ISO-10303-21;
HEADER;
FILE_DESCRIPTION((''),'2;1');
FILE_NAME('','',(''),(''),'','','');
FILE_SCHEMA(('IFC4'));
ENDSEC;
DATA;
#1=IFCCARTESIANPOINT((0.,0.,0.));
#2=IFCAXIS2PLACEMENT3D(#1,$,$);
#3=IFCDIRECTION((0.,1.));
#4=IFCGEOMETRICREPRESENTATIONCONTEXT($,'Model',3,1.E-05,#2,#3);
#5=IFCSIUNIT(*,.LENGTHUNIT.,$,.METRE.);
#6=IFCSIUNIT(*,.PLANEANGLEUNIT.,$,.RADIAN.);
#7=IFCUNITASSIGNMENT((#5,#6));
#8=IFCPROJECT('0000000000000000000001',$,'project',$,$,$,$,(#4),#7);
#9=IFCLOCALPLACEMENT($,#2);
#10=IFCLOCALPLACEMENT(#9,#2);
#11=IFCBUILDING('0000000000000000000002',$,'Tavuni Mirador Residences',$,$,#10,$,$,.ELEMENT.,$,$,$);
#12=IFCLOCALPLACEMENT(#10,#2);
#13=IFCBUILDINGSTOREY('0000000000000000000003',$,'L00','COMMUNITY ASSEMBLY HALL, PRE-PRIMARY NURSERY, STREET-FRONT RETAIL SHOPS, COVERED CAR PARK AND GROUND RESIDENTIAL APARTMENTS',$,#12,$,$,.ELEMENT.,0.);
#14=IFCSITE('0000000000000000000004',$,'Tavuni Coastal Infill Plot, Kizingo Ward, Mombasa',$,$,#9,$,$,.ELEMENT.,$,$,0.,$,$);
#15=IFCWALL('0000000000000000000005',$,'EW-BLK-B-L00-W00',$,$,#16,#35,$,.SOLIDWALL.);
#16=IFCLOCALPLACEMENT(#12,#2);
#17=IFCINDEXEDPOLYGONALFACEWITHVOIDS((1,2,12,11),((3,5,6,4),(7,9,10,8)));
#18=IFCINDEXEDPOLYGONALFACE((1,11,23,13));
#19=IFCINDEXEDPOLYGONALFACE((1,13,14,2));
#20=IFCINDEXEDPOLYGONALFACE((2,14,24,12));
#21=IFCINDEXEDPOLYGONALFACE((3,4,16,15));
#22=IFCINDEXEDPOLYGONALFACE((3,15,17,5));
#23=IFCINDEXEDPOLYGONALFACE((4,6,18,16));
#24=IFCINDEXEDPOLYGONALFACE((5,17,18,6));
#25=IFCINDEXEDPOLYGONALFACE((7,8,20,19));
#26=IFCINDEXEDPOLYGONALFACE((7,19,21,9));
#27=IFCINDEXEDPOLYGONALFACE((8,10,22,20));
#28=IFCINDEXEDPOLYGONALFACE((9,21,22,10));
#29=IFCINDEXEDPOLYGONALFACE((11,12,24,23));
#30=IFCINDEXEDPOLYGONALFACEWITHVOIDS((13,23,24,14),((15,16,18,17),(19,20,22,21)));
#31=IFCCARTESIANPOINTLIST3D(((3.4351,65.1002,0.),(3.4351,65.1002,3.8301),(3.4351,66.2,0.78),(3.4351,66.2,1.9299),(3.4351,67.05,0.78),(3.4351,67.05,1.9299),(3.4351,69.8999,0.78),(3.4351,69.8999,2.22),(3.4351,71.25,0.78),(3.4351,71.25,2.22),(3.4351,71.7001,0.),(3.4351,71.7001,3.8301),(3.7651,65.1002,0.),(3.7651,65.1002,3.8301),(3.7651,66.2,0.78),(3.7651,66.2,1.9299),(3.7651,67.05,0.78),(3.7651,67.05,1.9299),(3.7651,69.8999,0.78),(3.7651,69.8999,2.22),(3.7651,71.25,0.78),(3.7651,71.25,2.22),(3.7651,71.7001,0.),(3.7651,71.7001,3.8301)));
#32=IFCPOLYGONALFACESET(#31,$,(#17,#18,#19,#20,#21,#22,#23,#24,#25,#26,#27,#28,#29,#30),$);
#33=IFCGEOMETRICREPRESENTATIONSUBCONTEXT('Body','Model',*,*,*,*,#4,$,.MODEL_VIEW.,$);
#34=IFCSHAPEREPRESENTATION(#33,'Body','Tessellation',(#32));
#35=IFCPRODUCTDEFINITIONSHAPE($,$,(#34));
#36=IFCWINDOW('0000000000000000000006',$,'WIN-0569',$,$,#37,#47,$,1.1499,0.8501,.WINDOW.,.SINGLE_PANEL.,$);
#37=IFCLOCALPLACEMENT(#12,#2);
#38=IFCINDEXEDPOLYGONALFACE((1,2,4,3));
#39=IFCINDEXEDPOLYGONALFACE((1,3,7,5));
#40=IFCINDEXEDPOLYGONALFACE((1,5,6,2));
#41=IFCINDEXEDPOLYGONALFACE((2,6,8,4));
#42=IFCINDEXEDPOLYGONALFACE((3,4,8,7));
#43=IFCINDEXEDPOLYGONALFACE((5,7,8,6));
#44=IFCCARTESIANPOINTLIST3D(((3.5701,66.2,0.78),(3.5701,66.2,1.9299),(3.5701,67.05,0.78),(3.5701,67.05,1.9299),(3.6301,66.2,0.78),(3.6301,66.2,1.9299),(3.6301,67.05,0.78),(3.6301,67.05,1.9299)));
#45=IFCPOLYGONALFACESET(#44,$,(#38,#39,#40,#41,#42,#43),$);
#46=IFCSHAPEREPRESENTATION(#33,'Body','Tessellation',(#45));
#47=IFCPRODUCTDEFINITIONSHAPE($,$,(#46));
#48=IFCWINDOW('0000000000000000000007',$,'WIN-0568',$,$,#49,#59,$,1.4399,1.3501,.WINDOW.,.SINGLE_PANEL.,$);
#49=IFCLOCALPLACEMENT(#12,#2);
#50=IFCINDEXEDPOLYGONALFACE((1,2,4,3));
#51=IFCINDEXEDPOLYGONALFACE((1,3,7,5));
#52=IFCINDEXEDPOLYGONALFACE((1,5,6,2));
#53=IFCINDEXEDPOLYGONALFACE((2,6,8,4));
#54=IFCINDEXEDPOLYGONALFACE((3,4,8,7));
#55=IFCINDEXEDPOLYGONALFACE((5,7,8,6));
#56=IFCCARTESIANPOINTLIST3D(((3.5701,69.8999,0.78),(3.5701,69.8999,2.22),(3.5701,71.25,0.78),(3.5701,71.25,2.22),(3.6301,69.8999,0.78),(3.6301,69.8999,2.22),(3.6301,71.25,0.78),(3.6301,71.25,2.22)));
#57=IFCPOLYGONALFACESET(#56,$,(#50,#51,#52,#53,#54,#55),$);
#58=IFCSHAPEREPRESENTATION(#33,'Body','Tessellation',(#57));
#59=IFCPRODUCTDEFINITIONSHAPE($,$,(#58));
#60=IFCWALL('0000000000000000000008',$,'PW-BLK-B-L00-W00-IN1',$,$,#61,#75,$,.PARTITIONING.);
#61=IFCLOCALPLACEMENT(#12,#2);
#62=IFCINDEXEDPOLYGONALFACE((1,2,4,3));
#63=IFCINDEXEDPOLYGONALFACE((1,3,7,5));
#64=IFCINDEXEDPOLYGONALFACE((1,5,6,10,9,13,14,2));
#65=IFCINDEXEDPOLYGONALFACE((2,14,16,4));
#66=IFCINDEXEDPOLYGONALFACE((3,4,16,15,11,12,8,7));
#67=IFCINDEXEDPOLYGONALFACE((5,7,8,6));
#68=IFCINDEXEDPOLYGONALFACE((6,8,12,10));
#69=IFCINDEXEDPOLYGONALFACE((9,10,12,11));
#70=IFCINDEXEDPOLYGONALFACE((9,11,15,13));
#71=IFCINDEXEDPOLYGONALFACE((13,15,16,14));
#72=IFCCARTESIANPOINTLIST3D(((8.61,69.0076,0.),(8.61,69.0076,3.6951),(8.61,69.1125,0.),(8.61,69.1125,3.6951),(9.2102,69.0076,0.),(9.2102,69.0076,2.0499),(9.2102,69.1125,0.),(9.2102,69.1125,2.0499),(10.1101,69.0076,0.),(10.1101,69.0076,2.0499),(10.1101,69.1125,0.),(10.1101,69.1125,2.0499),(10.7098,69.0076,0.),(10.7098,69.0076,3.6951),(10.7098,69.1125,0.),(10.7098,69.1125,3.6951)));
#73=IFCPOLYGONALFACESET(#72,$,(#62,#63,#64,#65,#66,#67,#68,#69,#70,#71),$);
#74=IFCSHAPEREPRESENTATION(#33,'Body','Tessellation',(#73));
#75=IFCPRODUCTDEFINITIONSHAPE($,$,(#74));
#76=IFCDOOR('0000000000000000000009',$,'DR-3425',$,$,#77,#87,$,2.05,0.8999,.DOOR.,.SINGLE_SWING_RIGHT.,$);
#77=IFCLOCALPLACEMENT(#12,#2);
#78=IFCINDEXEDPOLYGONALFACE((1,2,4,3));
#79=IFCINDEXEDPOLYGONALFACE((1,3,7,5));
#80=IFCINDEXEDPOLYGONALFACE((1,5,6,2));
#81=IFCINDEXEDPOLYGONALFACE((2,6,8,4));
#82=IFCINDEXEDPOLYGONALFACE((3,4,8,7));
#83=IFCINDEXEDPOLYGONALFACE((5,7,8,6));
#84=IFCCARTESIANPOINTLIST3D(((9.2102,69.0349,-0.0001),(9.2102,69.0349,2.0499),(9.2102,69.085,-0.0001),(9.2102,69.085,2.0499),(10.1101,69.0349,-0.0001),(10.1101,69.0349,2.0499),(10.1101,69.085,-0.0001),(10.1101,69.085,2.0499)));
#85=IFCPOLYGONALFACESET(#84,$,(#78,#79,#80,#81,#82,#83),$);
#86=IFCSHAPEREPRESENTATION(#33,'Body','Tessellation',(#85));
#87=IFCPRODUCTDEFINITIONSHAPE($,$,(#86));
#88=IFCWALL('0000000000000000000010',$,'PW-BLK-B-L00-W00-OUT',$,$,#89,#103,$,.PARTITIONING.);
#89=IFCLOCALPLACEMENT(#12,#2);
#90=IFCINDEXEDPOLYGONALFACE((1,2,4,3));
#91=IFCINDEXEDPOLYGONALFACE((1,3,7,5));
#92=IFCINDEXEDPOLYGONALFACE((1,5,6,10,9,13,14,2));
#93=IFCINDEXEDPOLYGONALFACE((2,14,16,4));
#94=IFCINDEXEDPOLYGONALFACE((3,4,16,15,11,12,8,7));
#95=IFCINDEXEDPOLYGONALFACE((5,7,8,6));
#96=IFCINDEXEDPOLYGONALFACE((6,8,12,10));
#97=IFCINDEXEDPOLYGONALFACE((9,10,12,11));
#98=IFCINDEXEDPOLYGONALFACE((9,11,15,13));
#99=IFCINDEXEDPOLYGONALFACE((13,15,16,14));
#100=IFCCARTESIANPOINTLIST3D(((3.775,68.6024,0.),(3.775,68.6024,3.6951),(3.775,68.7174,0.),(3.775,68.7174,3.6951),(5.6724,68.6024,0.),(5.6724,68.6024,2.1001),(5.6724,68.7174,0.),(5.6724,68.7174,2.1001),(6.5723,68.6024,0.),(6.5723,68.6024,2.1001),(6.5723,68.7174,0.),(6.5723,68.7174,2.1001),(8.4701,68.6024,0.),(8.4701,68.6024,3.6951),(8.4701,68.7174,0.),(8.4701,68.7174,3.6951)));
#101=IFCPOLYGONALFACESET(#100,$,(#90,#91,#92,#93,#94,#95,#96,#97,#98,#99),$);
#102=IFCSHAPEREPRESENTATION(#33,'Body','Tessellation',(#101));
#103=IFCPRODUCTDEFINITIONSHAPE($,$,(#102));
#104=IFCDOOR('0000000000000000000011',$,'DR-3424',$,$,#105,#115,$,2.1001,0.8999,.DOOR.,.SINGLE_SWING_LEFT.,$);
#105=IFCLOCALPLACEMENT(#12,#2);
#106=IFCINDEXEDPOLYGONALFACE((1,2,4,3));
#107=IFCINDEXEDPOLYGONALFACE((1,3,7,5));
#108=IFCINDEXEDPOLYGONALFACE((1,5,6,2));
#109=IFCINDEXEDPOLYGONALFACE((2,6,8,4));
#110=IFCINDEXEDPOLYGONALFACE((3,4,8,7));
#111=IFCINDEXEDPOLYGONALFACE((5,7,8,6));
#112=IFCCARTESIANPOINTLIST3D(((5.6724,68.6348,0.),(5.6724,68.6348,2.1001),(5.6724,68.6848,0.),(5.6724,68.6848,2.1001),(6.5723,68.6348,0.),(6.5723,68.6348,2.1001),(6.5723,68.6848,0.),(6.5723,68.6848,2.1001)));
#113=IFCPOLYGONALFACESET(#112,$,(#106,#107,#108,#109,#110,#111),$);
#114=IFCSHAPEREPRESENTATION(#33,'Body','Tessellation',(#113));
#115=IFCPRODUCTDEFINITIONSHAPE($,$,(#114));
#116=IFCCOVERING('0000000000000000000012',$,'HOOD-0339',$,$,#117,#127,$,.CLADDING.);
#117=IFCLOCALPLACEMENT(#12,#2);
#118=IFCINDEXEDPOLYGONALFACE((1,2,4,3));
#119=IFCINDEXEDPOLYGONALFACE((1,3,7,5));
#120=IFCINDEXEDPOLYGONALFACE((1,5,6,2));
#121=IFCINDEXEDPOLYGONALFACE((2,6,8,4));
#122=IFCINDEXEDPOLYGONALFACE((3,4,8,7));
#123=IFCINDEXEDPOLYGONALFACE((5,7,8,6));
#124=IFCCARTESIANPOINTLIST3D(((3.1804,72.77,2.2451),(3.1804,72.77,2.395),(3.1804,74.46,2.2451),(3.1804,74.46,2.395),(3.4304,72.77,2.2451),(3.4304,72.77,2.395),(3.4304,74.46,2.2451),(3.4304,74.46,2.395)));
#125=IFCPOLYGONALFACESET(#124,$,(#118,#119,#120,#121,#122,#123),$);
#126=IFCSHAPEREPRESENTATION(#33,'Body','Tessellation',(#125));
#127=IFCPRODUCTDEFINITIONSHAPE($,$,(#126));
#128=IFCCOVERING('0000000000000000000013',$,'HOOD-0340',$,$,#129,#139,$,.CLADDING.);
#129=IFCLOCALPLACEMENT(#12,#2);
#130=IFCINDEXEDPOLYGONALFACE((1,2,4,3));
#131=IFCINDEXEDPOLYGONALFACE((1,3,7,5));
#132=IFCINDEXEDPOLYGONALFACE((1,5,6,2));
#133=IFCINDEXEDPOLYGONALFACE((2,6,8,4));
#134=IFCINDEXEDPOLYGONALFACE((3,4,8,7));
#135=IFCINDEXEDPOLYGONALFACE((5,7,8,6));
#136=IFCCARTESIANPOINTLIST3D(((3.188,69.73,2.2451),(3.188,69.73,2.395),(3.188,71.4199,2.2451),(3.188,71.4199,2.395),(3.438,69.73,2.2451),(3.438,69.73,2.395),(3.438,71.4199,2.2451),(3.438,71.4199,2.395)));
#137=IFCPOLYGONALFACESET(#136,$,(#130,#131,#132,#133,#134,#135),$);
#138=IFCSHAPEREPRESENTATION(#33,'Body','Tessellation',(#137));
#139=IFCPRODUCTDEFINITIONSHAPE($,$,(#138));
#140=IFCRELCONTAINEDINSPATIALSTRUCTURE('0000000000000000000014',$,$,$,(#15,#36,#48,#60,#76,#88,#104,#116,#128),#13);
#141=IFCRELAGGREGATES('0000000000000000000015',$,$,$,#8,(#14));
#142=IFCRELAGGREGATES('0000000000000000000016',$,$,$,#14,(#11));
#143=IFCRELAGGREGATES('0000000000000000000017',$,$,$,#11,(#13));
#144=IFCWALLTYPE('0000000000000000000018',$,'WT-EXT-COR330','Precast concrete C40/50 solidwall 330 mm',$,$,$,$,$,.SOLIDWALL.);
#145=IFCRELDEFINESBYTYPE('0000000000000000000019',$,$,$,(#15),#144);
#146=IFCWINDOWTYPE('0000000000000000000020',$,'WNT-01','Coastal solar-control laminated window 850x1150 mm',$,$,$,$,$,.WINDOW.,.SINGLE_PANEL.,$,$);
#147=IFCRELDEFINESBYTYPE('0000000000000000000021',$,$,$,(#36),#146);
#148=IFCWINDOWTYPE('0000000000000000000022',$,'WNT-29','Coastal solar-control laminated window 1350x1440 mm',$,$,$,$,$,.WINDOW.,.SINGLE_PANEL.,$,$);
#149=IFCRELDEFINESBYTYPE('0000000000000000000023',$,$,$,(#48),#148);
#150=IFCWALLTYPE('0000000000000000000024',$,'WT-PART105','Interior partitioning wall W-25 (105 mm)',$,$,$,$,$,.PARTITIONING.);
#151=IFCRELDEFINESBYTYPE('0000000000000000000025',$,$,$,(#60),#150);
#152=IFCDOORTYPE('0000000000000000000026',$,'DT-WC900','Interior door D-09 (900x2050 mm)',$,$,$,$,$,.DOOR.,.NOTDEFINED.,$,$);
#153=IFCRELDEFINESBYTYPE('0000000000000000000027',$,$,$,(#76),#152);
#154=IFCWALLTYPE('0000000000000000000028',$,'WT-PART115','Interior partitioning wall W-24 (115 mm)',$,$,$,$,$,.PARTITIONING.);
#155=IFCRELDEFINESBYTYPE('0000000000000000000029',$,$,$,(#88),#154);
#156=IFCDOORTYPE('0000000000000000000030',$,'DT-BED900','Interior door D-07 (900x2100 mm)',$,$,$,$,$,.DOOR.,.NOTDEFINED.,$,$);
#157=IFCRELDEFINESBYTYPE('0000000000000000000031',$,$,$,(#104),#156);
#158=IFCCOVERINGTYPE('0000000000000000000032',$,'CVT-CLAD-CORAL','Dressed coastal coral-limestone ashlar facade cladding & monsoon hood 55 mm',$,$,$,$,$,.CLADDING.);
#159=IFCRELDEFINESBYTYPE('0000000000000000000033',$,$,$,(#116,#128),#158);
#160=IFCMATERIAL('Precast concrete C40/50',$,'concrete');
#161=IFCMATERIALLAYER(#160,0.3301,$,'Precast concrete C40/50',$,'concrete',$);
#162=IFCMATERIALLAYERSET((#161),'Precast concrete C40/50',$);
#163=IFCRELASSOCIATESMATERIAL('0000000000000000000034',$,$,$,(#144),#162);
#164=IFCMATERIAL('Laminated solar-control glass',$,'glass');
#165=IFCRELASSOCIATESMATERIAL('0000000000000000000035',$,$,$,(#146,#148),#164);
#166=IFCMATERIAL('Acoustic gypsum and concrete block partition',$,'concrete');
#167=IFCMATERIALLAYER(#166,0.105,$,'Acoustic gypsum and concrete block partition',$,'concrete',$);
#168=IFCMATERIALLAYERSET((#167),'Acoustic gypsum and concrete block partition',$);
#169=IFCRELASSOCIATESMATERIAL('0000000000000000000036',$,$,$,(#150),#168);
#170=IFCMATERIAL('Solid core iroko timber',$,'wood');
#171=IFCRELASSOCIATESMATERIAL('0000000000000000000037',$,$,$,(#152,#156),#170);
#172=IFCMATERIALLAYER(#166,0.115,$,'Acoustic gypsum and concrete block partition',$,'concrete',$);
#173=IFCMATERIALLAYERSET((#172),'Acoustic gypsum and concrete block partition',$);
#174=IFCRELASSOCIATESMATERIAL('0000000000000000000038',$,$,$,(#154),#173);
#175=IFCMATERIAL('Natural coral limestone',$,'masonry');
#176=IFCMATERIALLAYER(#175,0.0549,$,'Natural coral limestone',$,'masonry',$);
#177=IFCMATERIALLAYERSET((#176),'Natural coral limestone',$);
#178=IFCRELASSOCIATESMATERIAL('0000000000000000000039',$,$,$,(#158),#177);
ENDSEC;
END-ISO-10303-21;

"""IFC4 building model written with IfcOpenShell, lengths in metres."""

from ifc_helpers import new_model, si_unit, direction, frame, frame_2d, origin, origin_2d, place, context, subcontext, project, spatial, rectangle, extrude, material, layer, layer_set, type_object, element, fill, save


model = new_model("IFC4")

# Units and contexts
model_context = context("Model", 3, precision=1e-05, world=origin(), true_north=direction((0.0, 1.0)))
body_context = subcontext(model_context, "Body", "Model", "MODEL_VIEW")
ifc_project = project(units=[si_unit("LENGTHUNIT", "METRE"), si_unit("PLANEANGLEUNIT", "RADIAN")], contexts=[model_context])

# Site, building, storey
site_placement = place(None, origin())
site = spatial("IfcSite", under=ifc_project, at=site_placement, Name="Tavuni Coastal Infill Plot, Kizingo Ward, Mombasa", CompositionType="ELEMENT", RefElevation=0.0)
building_placement = place(site_placement, origin())
building = spatial("IfcBuilding", under=site, at=building_placement, Name="Tavuni Mirador Residences", CompositionType="ELEMENT")
storey_placement = place(building_placement, origin())
storey = spatial("IfcBuildingStorey", under=building, at=storey_placement, Name="L00", Description="COMMUNITY ASSEMBLY HALL, PRE-PRIMARY NURSERY, STREET-FRONT RETAIL SHOPS, COVERED CAR PARK AND GROUND RESIDENTIAL APARTMENTS", CompositionType="ELEMENT", Elevation=0.0)

# Shared definitions
ifc_material_1 = material(Name="Precast concrete C40/50", Category="concrete")

# Wall, openings, windows
ifc_layer_1 = layer(ifc_material_1, 0.3301, Name="Precast concrete C40/50", Category="concrete")
ifc_layer_set_1 = layer_set([ifc_layer_1], Name="Precast concrete C40/50")
wall_type_1 = type_object("IfcWallType", Name="WT-EXT-COR330", Description="Precast concrete C40/50 solidwall 330 mm", PredefinedType="SOLIDWALL", material=ifc_layer_set_1)
wall_1_placement = place(storey_placement, frame((3.6001, 71.7, 0.0), z_axis=(0.0, 0.0, 1.0), x_axis=(0.0, -1.0, 0.0)))
wall_1 = element("IfcWall", 1, at=wall_1_placement, inside=storey, type_object=wall_type_1, Name="EW-BLK-B-L00-W00", PredefinedType="SOLIDWALL", context=body_context, shape_type="SweptSolid", body=[
    extrude(rectangle(XDim=6.5999, YDim=0.3301, at=frame_2d((3.2998, 0.0))), origin(), (0.0, 0.0, 1.0), 3.8301),
])
opening_1_placement = place(wall_1_placement, frame((0.45, 0.0, 0.78)))
opening_1 = element("IfcOpeningElement", 2, at=opening_1_placement, cuts=wall_1, PredefinedType="OPENING", context=body_context, shape_type="SweptSolid", body=[
    extrude(rectangle(XDim=1.3501, YDim=1.4399, at=frame_2d((0.675, 0.72))), frame((0.0, 0.175, 0.0), z_axis=(0.0, -1.0, 0.0), x_axis=(1.0, 0.0, 0.0)), (0.0, 0.0, 1.0), 0.3501),
])
opening_2_placement = place(wall_1_placement, frame((4.6499, 0.0, 0.78)))
opening_2 = element("IfcOpeningElement", 3, at=opening_2_placement, cuts=wall_1, PredefinedType="OPENING", context=body_context, shape_type="SweptSolid", body=[
    extrude(rectangle(XDim=0.8501, YDim=1.1499, at=frame_2d((0.425, 0.575))), frame((0.0, 0.175, 0.0), z_axis=(0.0, -1.0, 0.0), x_axis=(1.0, 0.0, 0.0)), (0.0, 0.0, 1.0), 0.3501),
])
ifc_material_2 = material(Name="Laminated solar-control glass", Category="glass")
window_type_1 = type_object("IfcWindowType", Name="WNT-01", Description="Coastal solar-control laminated window 850x1150 mm", PartitioningType="SINGLE_PANEL", PredefinedType="WINDOW", material=ifc_material_2)
window_1_placement = place(opening_2_placement, origin())
window_1 = element("IfcWindow", 4, at=window_1_placement, inside=storey, type_object=window_type_1, Name="WIN-0569", OverallHeight=1.1499, OverallWidth=0.8501, PartitioningType="SINGLE_PANEL", PredefinedType="WINDOW", context=body_context, shape_type="SweptSolid", body=[
    extrude(rectangle(XDim=0.8501, YDim=1.1499, at=frame_2d((0.425, 0.575))), frame((0.0, 0.03, 0.0), z_axis=(0.0, -1.0, 0.0), x_axis=(1.0, 0.0, 0.0)), (0.0, 0.0, 1.0), 0.0601),
])
fill(opening_2, window_1)
window_type_2 = type_object("IfcWindowType", Name="WNT-29", Description="Coastal solar-control laminated window 1350x1440 mm", PartitioningType="SINGLE_PANEL", PredefinedType="WINDOW", material=ifc_material_2)
window_2_placement = place(opening_1_placement, origin())
window_2 = element("IfcWindow", 5, at=window_2_placement, inside=storey, type_object=window_type_2, Name="WIN-0568", OverallHeight=1.4399, OverallWidth=1.3501, PartitioningType="SINGLE_PANEL", PredefinedType="WINDOW", context=body_context, shape_type="SweptSolid", body=[
    extrude(rectangle(XDim=1.3501, YDim=1.4399, at=frame_2d((0.675, 0.72))), frame((0.0, 0.03, 0.0), z_axis=(0.0, -1.0, 0.0), x_axis=(1.0, 0.0, 0.0)), (0.0, 0.0, 1.0), 0.0601),
])
fill(opening_1, window_2)

# Walls, openings, doors
ifc_material_3 = material(Name="Acoustic gypsum and concrete block partition", Category="concrete")
ifc_layer_2 = layer(ifc_material_3, 0.105, Name="Acoustic gypsum and concrete block partition", Category="concrete")
ifc_layer_set_2 = layer_set([ifc_layer_2], Name="Acoustic gypsum and concrete block partition")
wall_type_2 = type_object("IfcWallType", Name="WT-PART105", Description="Interior partitioning wall W-25 (105 mm)", PredefinedType="PARTITIONING", material=ifc_layer_set_2)
wall_2_placement = place(storey_placement, frame((8.6101, 69.0601, 0.0), z_axis=(0.0, 0.0, 1.0), x_axis=(1.0, 0.0, 0.0)))
wall_2 = element("IfcWall", 6, at=wall_2_placement, inside=storey, type_object=wall_type_2, Name="PW-BLK-B-L00-W00-IN1", PredefinedType="PARTITIONING", context=body_context, shape_type="SweptSolid", body=[
    extrude(rectangle(XDim=2.0999, YDim=0.105, at=frame_2d((1.0498, 0.0))), origin(), (0.0, 0.0, 1.0), 3.6951),
])
opening_3_placement = place(wall_2_placement, frame((0.6001, 0.0, 0.0)))
opening_3 = element("IfcOpeningElement", 7, at=opening_3_placement, cuts=wall_2, PredefinedType="OPENING", context=body_context, shape_type="SweptSolid", body=[
    extrude(rectangle(XDim=0.8999, YDim=2.05, at=frame_2d((0.45, 1.0249))), frame((0.0, 0.0625, 0.0), z_axis=(0.0, -1.0, 0.0), x_axis=(1.0, 0.0, 0.0)), (0.0, 0.0, 1.0), 0.125),
])
ifc_material_4 = material(Name="Solid core iroko timber", Category="wood")
door_type_1 = type_object("IfcDoorType", Name="DT-WC900", Description="Interior door D-09 (900x2050 mm)", OperationType="NOTDEFINED", PredefinedType="DOOR", material=ifc_material_4)
door_1_placement = place(opening_3_placement, origin())
door_1 = element("IfcDoor", 8, at=door_1_placement, inside=storey, type_object=door_type_1, Name="DR-3425", OperationType="SINGLE_SWING_RIGHT", OverallHeight=2.05, OverallWidth=0.8999, PredefinedType="DOOR", context=body_context, shape_type="SweptSolid", body=[
    extrude(rectangle(XDim=0.8999, YDim=2.05, at=frame_2d((0.45, 1.0249))), frame((0.0, 0.0249, 0.0), z_axis=(0.0, -1.0, 0.0), x_axis=(1.0, 0.0, 0.0)), (0.0, 0.0, 1.0), 0.05),
])
fill(opening_3, door_1)
ifc_layer_3 = layer(ifc_material_3, 0.115, Name="Acoustic gypsum and concrete block partition", Category="concrete")
ifc_layer_set_3 = layer_set([ifc_layer_3], Name="Acoustic gypsum and concrete block partition")
wall_type_3 = type_object("IfcWallType", Name="WT-PART115", Description="Interior partitioning wall W-24 (115 mm)", PredefinedType="PARTITIONING", material=ifc_layer_set_3)
wall_3_placement = place(storey_placement, frame((3.7749, 68.6599, 0.0), z_axis=(0.0, 0.0, 1.0), x_axis=(1.0, 0.0, 0.0)))
wall_3 = element("IfcWall", 9, at=wall_3_placement, inside=storey, type_object=wall_type_3, Name="PW-BLK-B-L00-W00-OUT", PredefinedType="PARTITIONING", context=body_context, shape_type="SweptSolid", body=[
    extrude(rectangle(XDim=4.6951, YDim=0.115, at=frame_2d((2.3477, 0.0))), origin(), (0.0, 0.0, 1.0), 3.6951),
])
opening_4_placement = place(wall_3_placement, frame((1.8975, 0.0, 0.0)))
opening_4 = element("IfcOpeningElement", 10, at=opening_4_placement, cuts=wall_3, PredefinedType="OPENING", context=body_context, shape_type="SweptSolid", body=[
    extrude(rectangle(XDim=0.8999, YDim=2.1001, at=frame_2d((0.45, 1.05))), frame((0.0, 0.0674, 0.0), z_axis=(0.0, -1.0, 0.0), x_axis=(1.0, 0.0, 0.0)), (0.0, 0.0, 1.0), 0.135),
])
door_type_2 = type_object("IfcDoorType", Name="DT-BED900", Description="Interior door D-07 (900x2100 mm)", OperationType="NOTDEFINED", PredefinedType="DOOR", material=ifc_material_4)
door_2_placement = place(opening_4_placement, origin())
door_2 = element("IfcDoor", 11, at=door_2_placement, inside=storey, type_object=door_type_2, Name="DR-3424", OperationType="SINGLE_SWING_LEFT", OverallHeight=2.1001, OverallWidth=0.8999, PredefinedType="DOOR", context=body_context, shape_type="SweptSolid", body=[
    extrude(rectangle(XDim=0.8999, YDim=2.1001, at=frame_2d((0.45, 1.05))), frame((0.0, 0.0249, 0.0), z_axis=(0.0, -1.0, 0.0), x_axis=(1.0, 0.0, 0.0)), (0.0, 0.0, 1.0), 0.05),
])
fill(opening_4, door_2)

# Coverings
ifc_material_5 = material(Name="Natural coral limestone", Category="masonry")
ifc_layer_4 = layer(ifc_material_5, 0.0549, Name="Natural coral limestone", Category="masonry")
ifc_layer_set_4 = layer_set([ifc_layer_4], Name="Natural coral limestone")
covering_type = type_object("IfcCoveringType", Name="CVT-CLAD-CORAL", Description="Dressed coastal coral-limestone ashlar facade cladding & monsoon hood 55 mm", PredefinedType="CLADDING", material=ifc_layer_set_4)
for number, where, z_axis, x_axis, name in (
    (12, (3.3054, 73.615, 2.2451), (0.0, 0.0, 1.0), (0.0, -1.0, 0.0), "HOOD-0339"),
    (13, (3.313, 70.575, 2.2451), (0.0, 0.0, 1.0), (0.0, -1.0, 0.0), "HOOD-0340"),
):
    element("IfcCovering", number, at=place(storey_placement, frame(where, z_axis=z_axis, x_axis=x_axis)), inside=storey, type_object=covering_type, Name=name, PredefinedType="CLADDING", context=body_context, shape_type="SweptSolid", body=[
        extrude(rectangle(XDim=1.6899, YDim=0.25, at=origin_2d()), origin(), (0.0, 0.0, 1.0), 0.1499),
    ])

save(model, "model.ifc")
